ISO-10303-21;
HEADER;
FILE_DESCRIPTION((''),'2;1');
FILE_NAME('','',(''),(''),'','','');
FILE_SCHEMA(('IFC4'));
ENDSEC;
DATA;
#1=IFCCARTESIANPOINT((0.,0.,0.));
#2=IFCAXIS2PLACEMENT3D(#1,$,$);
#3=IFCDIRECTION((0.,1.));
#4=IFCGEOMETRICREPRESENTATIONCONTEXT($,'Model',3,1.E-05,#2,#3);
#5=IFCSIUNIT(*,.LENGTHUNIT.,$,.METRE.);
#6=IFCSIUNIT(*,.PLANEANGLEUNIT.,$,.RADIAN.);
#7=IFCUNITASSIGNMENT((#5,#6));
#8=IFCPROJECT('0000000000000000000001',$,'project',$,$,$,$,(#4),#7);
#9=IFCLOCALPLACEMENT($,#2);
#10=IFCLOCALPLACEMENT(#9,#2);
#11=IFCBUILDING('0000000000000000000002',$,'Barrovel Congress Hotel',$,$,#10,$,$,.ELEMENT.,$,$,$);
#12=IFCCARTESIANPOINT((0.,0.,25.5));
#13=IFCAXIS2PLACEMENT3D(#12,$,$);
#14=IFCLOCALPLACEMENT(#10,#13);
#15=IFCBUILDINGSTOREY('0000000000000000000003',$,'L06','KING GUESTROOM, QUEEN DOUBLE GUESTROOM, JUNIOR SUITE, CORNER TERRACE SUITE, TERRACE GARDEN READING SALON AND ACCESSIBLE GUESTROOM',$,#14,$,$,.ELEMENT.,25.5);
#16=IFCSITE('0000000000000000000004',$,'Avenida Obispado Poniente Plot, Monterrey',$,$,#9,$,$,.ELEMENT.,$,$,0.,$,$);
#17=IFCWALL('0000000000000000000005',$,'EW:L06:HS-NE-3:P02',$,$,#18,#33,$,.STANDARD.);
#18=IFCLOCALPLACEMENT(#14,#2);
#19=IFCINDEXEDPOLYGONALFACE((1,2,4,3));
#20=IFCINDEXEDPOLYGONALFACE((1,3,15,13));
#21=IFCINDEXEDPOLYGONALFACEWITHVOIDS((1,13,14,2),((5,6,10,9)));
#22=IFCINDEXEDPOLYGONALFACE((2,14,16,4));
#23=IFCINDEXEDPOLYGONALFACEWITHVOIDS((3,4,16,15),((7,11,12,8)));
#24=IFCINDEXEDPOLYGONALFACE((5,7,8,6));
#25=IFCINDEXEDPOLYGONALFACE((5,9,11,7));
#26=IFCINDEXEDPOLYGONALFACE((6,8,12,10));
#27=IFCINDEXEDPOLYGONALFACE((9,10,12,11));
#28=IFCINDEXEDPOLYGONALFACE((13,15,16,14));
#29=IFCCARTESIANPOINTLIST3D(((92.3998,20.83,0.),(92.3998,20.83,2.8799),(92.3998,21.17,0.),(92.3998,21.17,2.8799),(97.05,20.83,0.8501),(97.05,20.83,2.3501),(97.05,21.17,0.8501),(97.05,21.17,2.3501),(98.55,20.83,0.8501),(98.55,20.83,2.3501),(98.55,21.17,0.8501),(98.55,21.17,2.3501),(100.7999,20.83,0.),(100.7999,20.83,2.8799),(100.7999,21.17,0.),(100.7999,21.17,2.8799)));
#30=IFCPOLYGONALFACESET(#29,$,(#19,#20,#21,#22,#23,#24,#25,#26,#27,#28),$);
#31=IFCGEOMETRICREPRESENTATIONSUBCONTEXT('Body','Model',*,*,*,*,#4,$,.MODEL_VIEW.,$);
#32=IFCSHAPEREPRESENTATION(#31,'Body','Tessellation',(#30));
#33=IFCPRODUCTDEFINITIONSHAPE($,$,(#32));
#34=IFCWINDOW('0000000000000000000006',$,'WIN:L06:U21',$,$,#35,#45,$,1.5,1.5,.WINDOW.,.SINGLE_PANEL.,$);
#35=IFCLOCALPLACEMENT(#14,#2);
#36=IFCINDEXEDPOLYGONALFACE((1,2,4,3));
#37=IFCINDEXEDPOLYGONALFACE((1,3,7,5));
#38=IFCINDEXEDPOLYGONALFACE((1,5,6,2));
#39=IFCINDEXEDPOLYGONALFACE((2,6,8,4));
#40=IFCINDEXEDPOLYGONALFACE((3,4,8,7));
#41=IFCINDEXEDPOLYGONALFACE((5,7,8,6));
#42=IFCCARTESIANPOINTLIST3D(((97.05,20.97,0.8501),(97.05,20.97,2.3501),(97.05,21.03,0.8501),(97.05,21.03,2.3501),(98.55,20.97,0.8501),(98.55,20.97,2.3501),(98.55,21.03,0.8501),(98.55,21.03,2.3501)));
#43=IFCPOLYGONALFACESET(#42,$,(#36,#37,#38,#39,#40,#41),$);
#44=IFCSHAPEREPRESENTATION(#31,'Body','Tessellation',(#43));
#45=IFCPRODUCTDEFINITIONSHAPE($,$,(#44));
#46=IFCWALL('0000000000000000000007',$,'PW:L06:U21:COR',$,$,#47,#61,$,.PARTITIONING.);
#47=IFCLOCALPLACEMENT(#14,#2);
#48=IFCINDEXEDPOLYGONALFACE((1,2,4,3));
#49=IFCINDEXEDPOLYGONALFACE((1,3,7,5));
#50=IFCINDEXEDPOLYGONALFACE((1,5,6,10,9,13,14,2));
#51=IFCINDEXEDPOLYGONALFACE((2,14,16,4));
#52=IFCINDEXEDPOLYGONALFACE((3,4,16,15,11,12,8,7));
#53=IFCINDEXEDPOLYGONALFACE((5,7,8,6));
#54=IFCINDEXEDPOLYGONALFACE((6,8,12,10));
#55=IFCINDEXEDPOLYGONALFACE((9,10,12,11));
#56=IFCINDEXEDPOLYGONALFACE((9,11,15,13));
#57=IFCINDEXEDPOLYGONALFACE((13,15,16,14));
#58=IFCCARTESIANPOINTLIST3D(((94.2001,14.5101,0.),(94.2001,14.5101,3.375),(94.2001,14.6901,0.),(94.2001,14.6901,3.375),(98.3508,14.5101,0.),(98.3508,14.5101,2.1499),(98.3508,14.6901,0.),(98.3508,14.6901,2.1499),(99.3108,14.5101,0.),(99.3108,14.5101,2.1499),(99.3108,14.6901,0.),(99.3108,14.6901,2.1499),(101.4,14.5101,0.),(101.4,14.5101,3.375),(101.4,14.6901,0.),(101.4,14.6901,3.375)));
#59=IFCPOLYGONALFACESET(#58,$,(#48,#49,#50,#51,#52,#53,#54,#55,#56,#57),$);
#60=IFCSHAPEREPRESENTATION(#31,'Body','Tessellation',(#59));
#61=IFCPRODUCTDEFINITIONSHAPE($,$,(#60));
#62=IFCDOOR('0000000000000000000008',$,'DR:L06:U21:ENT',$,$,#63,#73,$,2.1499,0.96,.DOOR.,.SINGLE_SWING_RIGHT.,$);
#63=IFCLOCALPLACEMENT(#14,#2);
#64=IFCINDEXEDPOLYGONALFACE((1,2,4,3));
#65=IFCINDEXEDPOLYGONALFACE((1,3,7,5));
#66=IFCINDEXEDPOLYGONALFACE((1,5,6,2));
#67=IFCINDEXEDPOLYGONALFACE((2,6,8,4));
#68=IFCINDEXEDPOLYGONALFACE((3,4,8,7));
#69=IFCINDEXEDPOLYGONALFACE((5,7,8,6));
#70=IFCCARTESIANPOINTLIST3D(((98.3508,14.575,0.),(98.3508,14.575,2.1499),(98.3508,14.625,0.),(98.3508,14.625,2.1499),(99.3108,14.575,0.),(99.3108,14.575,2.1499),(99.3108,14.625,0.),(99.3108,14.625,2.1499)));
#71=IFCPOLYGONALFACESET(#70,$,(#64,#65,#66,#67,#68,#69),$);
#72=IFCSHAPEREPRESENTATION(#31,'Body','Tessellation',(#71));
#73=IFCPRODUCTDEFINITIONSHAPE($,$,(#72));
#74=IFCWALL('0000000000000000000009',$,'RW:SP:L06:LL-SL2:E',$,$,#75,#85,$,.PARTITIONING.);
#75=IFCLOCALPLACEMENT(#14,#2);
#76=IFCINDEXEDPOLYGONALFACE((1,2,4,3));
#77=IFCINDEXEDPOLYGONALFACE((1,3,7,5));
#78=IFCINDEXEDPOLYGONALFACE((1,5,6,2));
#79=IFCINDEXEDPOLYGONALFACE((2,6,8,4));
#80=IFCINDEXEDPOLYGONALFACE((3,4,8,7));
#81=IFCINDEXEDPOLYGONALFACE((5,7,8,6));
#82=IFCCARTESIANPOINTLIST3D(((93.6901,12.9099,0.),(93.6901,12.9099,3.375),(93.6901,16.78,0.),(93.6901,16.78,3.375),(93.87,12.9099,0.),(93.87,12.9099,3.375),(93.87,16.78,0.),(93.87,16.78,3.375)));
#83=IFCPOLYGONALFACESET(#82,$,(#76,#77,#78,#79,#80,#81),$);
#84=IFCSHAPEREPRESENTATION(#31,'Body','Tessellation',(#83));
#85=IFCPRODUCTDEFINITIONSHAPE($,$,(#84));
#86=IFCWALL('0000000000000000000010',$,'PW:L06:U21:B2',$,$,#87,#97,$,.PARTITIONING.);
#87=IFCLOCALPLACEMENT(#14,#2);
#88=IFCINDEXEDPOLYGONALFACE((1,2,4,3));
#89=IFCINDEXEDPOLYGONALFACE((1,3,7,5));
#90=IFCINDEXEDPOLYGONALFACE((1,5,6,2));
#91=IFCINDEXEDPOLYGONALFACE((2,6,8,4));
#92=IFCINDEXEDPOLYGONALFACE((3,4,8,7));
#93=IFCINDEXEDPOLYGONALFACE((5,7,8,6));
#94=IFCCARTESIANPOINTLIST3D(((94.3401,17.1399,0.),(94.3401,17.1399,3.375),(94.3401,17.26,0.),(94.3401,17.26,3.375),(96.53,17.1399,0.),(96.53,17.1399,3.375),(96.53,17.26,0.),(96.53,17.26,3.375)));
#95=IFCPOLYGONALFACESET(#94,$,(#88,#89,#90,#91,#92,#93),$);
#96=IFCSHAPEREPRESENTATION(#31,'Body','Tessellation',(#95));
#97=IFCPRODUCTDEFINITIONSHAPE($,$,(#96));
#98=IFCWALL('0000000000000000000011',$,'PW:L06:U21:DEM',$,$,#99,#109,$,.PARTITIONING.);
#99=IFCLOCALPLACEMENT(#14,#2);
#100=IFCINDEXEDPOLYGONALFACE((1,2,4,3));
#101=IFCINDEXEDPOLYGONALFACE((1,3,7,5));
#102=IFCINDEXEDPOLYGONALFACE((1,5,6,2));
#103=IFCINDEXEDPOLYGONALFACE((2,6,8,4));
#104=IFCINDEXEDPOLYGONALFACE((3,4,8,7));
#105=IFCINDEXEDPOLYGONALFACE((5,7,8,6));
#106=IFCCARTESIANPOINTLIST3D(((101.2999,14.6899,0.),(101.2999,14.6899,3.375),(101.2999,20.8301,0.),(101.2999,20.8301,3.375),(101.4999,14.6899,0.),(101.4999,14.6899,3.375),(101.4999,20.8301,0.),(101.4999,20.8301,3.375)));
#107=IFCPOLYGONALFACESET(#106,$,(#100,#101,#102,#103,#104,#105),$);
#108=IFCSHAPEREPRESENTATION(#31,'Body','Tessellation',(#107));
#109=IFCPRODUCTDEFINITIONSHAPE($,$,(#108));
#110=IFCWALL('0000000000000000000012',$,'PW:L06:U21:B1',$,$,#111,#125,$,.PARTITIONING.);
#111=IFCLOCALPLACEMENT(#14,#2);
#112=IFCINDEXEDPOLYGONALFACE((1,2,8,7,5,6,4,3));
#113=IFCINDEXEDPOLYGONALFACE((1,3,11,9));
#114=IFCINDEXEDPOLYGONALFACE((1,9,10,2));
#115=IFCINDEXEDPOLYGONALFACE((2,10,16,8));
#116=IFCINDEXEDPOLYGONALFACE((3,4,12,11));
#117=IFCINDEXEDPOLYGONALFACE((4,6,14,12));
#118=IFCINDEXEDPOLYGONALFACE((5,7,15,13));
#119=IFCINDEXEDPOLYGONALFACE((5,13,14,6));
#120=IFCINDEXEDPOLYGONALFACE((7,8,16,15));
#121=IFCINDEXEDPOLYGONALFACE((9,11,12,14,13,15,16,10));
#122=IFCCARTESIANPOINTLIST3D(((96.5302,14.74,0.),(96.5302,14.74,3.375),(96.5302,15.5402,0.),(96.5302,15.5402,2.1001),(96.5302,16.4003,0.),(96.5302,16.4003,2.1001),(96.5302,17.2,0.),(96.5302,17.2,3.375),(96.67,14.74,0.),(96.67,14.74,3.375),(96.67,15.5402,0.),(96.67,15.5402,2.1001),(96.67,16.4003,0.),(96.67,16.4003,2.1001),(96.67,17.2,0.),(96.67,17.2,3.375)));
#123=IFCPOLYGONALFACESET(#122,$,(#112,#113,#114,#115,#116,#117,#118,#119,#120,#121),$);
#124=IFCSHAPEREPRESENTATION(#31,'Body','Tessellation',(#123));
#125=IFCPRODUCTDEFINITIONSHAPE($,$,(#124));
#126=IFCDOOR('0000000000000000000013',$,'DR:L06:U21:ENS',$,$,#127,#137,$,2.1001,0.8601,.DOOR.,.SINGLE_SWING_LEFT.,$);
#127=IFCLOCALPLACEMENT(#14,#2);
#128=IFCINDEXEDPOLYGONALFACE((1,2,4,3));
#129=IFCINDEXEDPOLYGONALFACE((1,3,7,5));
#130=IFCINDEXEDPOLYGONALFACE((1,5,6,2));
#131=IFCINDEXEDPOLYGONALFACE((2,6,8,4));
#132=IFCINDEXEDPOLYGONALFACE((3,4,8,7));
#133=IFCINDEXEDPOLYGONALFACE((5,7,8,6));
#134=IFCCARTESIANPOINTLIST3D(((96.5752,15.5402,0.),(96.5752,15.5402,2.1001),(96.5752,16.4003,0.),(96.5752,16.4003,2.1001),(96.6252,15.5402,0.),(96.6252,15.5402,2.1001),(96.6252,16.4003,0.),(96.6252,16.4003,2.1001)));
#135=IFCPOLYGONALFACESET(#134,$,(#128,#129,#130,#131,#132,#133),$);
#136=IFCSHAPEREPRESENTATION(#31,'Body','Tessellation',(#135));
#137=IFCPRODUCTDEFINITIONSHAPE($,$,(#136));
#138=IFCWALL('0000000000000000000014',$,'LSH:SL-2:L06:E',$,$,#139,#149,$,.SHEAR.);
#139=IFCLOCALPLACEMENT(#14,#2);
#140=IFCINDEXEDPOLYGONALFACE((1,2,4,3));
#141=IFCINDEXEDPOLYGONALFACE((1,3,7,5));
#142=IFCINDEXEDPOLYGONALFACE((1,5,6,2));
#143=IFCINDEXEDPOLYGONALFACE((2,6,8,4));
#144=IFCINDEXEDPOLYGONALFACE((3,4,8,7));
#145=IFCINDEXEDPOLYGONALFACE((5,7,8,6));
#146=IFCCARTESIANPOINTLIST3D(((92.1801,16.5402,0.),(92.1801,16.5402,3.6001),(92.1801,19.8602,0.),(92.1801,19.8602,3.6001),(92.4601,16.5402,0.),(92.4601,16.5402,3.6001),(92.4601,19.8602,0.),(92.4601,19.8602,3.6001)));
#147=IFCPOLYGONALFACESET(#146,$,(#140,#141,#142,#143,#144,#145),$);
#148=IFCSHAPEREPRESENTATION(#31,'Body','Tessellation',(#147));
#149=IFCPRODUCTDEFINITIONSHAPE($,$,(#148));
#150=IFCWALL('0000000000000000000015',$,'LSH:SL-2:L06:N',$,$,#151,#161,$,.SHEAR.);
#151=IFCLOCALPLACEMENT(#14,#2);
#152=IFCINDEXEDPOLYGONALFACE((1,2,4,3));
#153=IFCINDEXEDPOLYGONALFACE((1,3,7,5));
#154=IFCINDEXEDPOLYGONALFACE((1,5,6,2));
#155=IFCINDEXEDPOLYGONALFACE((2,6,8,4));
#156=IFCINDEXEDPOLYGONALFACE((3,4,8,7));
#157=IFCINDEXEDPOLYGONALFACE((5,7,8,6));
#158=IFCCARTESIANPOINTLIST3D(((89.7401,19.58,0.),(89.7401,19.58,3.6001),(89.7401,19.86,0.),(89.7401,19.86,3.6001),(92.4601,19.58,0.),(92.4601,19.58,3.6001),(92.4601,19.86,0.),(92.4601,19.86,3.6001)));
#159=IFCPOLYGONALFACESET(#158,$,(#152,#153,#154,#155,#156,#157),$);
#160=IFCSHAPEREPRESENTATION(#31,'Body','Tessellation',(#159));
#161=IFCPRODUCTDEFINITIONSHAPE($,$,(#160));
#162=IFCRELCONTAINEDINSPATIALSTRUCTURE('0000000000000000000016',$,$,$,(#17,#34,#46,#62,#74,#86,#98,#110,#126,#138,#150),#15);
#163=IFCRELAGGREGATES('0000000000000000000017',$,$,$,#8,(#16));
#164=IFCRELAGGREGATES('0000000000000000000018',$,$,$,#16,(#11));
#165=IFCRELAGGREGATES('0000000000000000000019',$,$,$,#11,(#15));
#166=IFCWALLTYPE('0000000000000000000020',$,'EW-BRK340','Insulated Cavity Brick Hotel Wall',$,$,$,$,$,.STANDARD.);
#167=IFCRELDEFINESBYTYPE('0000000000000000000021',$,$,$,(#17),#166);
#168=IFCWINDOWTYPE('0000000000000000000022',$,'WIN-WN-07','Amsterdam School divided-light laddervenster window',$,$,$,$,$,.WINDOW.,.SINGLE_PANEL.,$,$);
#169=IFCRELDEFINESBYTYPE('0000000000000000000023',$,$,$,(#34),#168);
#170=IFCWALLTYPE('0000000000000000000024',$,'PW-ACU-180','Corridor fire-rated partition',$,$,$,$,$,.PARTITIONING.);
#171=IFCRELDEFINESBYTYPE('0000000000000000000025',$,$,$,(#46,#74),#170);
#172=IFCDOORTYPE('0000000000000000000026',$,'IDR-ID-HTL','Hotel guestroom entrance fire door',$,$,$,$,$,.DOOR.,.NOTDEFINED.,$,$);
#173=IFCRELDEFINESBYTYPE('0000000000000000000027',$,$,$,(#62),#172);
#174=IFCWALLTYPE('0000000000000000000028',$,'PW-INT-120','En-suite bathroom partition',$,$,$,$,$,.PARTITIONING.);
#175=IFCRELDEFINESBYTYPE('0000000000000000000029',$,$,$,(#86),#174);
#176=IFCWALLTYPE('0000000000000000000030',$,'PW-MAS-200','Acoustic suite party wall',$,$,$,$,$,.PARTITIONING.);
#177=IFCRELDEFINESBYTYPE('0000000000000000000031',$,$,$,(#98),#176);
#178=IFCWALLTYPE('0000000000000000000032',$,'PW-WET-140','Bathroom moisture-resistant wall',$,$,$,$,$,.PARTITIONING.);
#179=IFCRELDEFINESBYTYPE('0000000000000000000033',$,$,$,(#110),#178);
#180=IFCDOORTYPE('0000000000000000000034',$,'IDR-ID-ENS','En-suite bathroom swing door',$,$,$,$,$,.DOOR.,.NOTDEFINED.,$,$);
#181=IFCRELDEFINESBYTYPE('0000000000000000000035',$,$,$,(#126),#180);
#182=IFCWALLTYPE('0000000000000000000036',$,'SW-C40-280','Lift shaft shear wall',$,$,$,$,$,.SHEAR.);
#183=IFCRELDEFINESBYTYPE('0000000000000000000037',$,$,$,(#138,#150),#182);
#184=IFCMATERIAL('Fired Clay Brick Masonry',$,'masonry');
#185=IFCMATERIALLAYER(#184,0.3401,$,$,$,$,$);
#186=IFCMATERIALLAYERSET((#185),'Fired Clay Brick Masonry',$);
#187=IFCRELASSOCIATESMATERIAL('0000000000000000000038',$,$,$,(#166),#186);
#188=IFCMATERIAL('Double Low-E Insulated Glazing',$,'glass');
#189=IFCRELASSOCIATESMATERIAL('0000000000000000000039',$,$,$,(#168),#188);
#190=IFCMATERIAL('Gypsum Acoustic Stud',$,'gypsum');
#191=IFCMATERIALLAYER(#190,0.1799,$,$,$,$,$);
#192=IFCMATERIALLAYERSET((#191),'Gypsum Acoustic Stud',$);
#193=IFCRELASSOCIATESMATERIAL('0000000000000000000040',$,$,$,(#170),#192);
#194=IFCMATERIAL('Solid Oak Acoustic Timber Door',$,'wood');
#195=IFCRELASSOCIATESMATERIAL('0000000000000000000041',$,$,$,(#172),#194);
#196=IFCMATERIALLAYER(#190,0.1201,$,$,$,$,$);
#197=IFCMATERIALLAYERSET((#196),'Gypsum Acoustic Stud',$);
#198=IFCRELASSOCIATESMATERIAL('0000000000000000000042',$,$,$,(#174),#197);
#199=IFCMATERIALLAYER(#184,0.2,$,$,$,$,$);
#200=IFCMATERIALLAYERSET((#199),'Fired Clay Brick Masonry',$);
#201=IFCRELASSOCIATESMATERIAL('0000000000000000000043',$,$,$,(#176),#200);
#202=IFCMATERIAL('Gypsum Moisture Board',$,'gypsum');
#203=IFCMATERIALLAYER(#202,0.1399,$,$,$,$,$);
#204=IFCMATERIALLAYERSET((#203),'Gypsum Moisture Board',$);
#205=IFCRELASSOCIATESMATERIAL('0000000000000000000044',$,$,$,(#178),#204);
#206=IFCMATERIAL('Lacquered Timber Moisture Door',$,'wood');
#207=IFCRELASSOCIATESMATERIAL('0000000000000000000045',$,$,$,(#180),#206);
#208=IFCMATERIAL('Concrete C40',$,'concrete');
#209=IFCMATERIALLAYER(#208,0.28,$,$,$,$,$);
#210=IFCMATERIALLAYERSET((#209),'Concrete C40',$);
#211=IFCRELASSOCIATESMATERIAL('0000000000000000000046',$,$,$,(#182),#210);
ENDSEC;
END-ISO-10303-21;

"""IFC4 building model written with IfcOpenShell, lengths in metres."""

from ifc_helpers import new_model, si_unit, direction, frame, frame_2d, origin, place, context, subcontext, project, spatial, rectangle, extrude, material, layer, layer_set, type_object, element, fill, save


model = new_model("IFC4")

# Units and contexts
model_context = context("Model", 3, precision=1e-05, world=origin(), true_north=direction((0.0, 1.0)))
body_context = subcontext(model_context, "Body", "Model", "MODEL_VIEW")
ifc_project = project(units=[si_unit("LENGTHUNIT", "METRE"), si_unit("PLANEANGLEUNIT", "RADIAN")], contexts=[model_context])

# Site, building, storey
site_placement = place(None, origin())
site = spatial("IfcSite", under=ifc_project, at=site_placement, Name="Avenida Obispado Poniente Plot, Monterrey", CompositionType="ELEMENT", RefElevation=0.0)
building_placement = place(site_placement, origin())
building = spatial("IfcBuilding", under=site, at=building_placement, Name="Barrovel Congress Hotel", CompositionType="ELEMENT")
storey_placement = place(building_placement, frame((0.0, 0.0, 25.5)))
storey = spatial("IfcBuildingStorey", under=building, at=storey_placement, Name="L06", Description="KING GUESTROOM, QUEEN DOUBLE GUESTROOM, JUNIOR SUITE, CORNER TERRACE SUITE, TERRACE GARDEN READING SALON AND ACCESSIBLE GUESTROOM", CompositionType="ELEMENT", Elevation=25.5)

# Shared definitions
ifc_material_1 = material(Name="Concrete C40", Category="concrete")

# Shared definitions
ifc_material_2 = material(Name="Double Low-E Insulated Glazing", Category="glass")

# Shared definitions
ifc_material_3 = material(Name="Fired Clay Brick Masonry", Category="masonry")
ifc_layer_1 = layer(ifc_material_3, 0.3401)
ifc_layer_set_1 = layer_set([ifc_layer_1], Name="Fired Clay Brick Masonry")
wall_type_1 = type_object("IfcWallType", Name="EW-BRK340", Description="Insulated Cavity Brick Hotel Wall", PredefinedType="STANDARD", material=ifc_layer_set_1)

# Wall, opening, window
wall_1_placement = place(storey_placement, frame((100.8, 21.0, 0.0), z_axis=(0.0, 0.0, 1.0), x_axis=(-1.0, 0.0, 0.0)))
wall_1 = element("IfcWall", 1, at=wall_1_placement, inside=storey, type_object=wall_type_1, Name="EW:L06:HS-NE-3:P02", PredefinedType="STANDARD", context=body_context, shape_type="SweptSolid", body=[
    extrude(rectangle(XDim=8.4001, YDim=0.3401, at=frame_2d((4.2002, 0.0))), origin(), (0.0, 0.0, 1.0), 2.8799),
])
opening_1_placement = place(wall_1_placement, frame((2.25, 0.0, 0.8501)))
opening_1 = element("IfcOpeningElement", 2, at=opening_1_placement, cuts=wall_1, PredefinedType="OPENING", context=body_context, shape_type="SweptSolid", body=[
    extrude(rectangle(XDim=1.5, YDim=1.5, at=frame_2d((0.75, 0.75))), frame((0.0, 0.1802, 0.0), z_axis=(0.0, -1.0, 0.0), x_axis=(1.0, 0.0, 0.0)), (0.0, 0.0, 1.0), 0.3601),
])
window_type = type_object("IfcWindowType", Name="WIN-WN-07", Description="Amsterdam School divided-light laddervenster window", PartitioningType="SINGLE_PANEL", PredefinedType="WINDOW", material=ifc_material_2)
window_placement = place(opening_1_placement, origin())
window = element("IfcWindow", 3, at=window_placement, inside=storey, type_object=window_type, Name="WIN:L06:U21", OverallHeight=1.5, OverallWidth=1.5, PartitioningType="SINGLE_PANEL", PredefinedType="WINDOW", context=body_context, shape_type="SweptSolid", body=[
    extrude(rectangle(XDim=1.5, YDim=1.5, at=frame_2d((0.75, 0.75))), frame((0.0, 0.03, 0.0), z_axis=(0.0, -1.0, 0.0), x_axis=(1.0, 0.0, 0.0)), (0.0, 0.0, 1.0), 0.0601),
])
fill(opening_1, window)

# Wall, opening, door
ifc_material_4 = material(Name="Gypsum Acoustic Stud", Category="gypsum")
ifc_layer_2 = layer(ifc_material_4, 0.1799)
ifc_layer_set_2 = layer_set([ifc_layer_2], Name="Gypsum Acoustic Stud")
wall_type_2 = type_object("IfcWallType", Name="PW-ACU-180", Description="Corridor fire-rated partition", PredefinedType="PARTITIONING", material=ifc_layer_set_2)
wall_2_placement = place(storey_placement, frame((94.2, 14.6001, 0.0), z_axis=(0.0, 0.0, 1.0), x_axis=(1.0, 0.0, 0.0)))
wall_2 = element("IfcWall", 4, at=wall_2_placement, inside=storey, type_object=wall_type_2, Name="PW:L06:U21:COR", PredefinedType="PARTITIONING", context=body_context, shape_type="SweptSolid", body=[
    extrude(rectangle(XDim=7.2, YDim=0.1799, at=frame_2d((3.6001, 0.0))), origin(), (0.0, 0.0, 1.0), 3.375),
])
opening_2_placement = place(wall_2_placement, frame((4.1509, 0.0, 0.0)))
opening_2 = element("IfcOpeningElement", 5, at=opening_2_placement, cuts=wall_2, PredefinedType="OPENING", context=body_context, shape_type="SweptSolid", body=[
    extrude(rectangle(XDim=0.96, YDim=2.1499, at=frame_2d((0.48, 1.075))), frame((0.0, 0.1001, 0.0), z_axis=(0.0, -1.0, 0.0), x_axis=(1.0, 0.0, 0.0)), (0.0, 0.0, 1.0), 0.2),
])
ifc_material_5 = material(Name="Solid Oak Acoustic Timber Door", Category="wood")
door_type_1 = type_object("IfcDoorType", Name="IDR-ID-HTL", Description="Hotel guestroom entrance fire door", OperationType="NOTDEFINED", PredefinedType="DOOR", material=ifc_material_5)
door_1_placement = place(opening_2_placement, origin())
door_1 = element("IfcDoor", 6, at=door_1_placement, inside=storey, type_object=door_type_1, Name="DR:L06:U21:ENT", OperationType="SINGLE_SWING_RIGHT", OverallHeight=2.1499, OverallWidth=0.96, PredefinedType="DOOR", context=body_context, shape_type="SweptSolid", body=[
    extrude(rectangle(XDim=0.96, YDim=2.1499, at=frame_2d((0.48, 1.075))), frame((0.0, 0.0249, 0.0), z_axis=(0.0, -1.0, 0.0), x_axis=(1.0, 0.0, 0.0)), (0.0, 0.0, 1.0), 0.05),
])
fill(opening_2, door_1)

# Walls
wall_3_placement = place(storey_placement, frame((93.78, 12.9099, 0.0), z_axis=(0.0, 0.0, 1.0), x_axis=(0.0, 1.0, 0.0)))
element("IfcWall", 7, at=wall_3_placement, inside=storey, type_object=wall_type_2, Name="RW:SP:L06:LL-SL2:E", PredefinedType="PARTITIONING", context=body_context, shape_type="SweptSolid", body=[
    extrude(rectangle(XDim=3.8701, YDim=0.1799, at=frame_2d((1.9351, 0.0))), origin(), (0.0, 0.0, 1.0), 3.375),
])
ifc_layer_3 = layer(ifc_material_4, 0.1201)
ifc_layer_set_3 = layer_set([ifc_layer_3], Name="Gypsum Acoustic Stud")
wall_type_3 = type_object("IfcWallType", Name="PW-INT-120", Description="En-suite bathroom partition", PredefinedType="PARTITIONING", material=ifc_layer_set_3)
wall_4_placement = place(storey_placement, frame((94.3401, 17.2, 0.0), z_axis=(0.0, 0.0, 1.0), x_axis=(1.0, 0.0, 0.0)))
element("IfcWall", 8, at=wall_4_placement, inside=storey, type_object=wall_type_3, Name="PW:L06:U21:B2", PredefinedType="PARTITIONING", context=body_context, shape_type="SweptSolid", body=[
    extrude(rectangle(XDim=2.1899, YDim=0.1201, at=frame_2d((1.095, 0.0))), origin(), (0.0, 0.0, 1.0), 3.375),
])
ifc_layer_4 = layer(ifc_material_3, 0.2)
ifc_layer_set_4 = layer_set([ifc_layer_4], Name="Fired Clay Brick Masonry")
wall_type_4 = type_object("IfcWallType", Name="PW-MAS-200", Description="Acoustic suite party wall", PredefinedType="PARTITIONING", material=ifc_layer_set_4)
wall_5_placement = place(storey_placement, frame((101.3999, 14.6899, 0.0), z_axis=(0.0, 0.0, 1.0), x_axis=(0.0, 1.0, 0.0)))
element("IfcWall", 9, at=wall_5_placement, inside=storey, type_object=wall_type_4, Name="PW:L06:U21:DEM", PredefinedType="PARTITIONING", context=body_context, shape_type="SweptSolid", body=[
    extrude(rectangle(XDim=6.1401, YDim=0.2, at=frame_2d((3.0701, 0.0))), origin(), (0.0, 0.0, 1.0), 3.375),
])

# Wall, opening, door
ifc_material_6 = material(Name="Gypsum Moisture Board", Category="gypsum")
ifc_layer_5 = layer(ifc_material_6, 0.1399)
ifc_layer_set_5 = layer_set([ifc_layer_5], Name="Gypsum Moisture Board")
wall_type_5 = type_object("IfcWallType", Name="PW-WET-140", Description="Bathroom moisture-resistant wall", PredefinedType="PARTITIONING", material=ifc_layer_set_5)
wall_6_placement = place(storey_placement, frame((96.6001, 14.74, 0.0), z_axis=(0.0, 0.0, 1.0), x_axis=(0.0, 1.0, 0.0)))
wall_6 = element("IfcWall", 10, at=wall_6_placement, inside=storey, type_object=wall_type_5, Name="PW:L06:U21:B1", PredefinedType="PARTITIONING", context=body_context, shape_type="SweptSolid", body=[
    extrude(rectangle(XDim=2.46, YDim=0.1399, at=frame_2d((1.23, 0.0))), origin(), (0.0, 0.0, 1.0), 3.375),
])
opening_3_placement = place(wall_6_placement, frame((0.8, 0.0, 0.0)))
opening_3 = element("IfcOpeningElement", 11, at=opening_3_placement, cuts=wall_6, PredefinedType="OPENING", context=body_context, shape_type="SweptSolid", body=[
    extrude(rectangle(XDim=0.8601, YDim=2.1001, at=frame_2d((0.4302, 1.05))), frame((0.0, 0.0801, 0.0), z_axis=(0.0, -1.0, 0.0), x_axis=(1.0, 0.0, 0.0)), (0.0, 0.0, 1.0), 0.1599),
])
ifc_material_7 = material(Name="Lacquered Timber Moisture Door", Category="wood")
door_type_2 = type_object("IfcDoorType", Name="IDR-ID-ENS", Description="En-suite bathroom swing door", OperationType="NOTDEFINED", PredefinedType="DOOR", material=ifc_material_7)
door_2_placement = place(opening_3_placement, origin())
door_2 = element("IfcDoor", 12, at=door_2_placement, inside=storey, type_object=door_type_2, Name="DR:L06:U21:ENS", OperationType="SINGLE_SWING_LEFT", OverallHeight=2.1001, OverallWidth=0.8601, PredefinedType="DOOR", context=body_context, shape_type="SweptSolid", body=[
    extrude(rectangle(XDim=0.8601, YDim=2.1001, at=frame_2d((0.4302, 1.05))), frame((0.0, 0.0249, 0.0), z_axis=(0.0, -1.0, 0.0), x_axis=(1.0, 0.0, 0.0)), (0.0, 0.0, 1.0), 0.05),
])
fill(opening_3, door_2)

# Walls
ifc_layer_6 = layer(ifc_material_1, 0.28)
ifc_layer_set_6 = layer_set([ifc_layer_6], Name="Concrete C40")
wall_type_6 = type_object("IfcWallType", Name="SW-C40-280", Description="Lift shaft shear wall", PredefinedType="SHEAR", material=ifc_layer_set_6)
wall_7_placement = place(storey_placement, frame((92.3201, 16.54, 0.0), z_axis=(0.0, 0.0, 1.0), x_axis=(0.0, 1.0, 0.0)))
element("IfcWall", 13, at=wall_7_placement, inside=storey, type_object=wall_type_6, Name="LSH:SL-2:L06:E", PredefinedType="SHEAR", context=body_context, shape_type="SweptSolid", body=[
    extrude(rectangle(XDim=3.3201, YDim=0.28, at=frame_2d((1.6602, 0.0))), origin(), (0.0, 0.0, 1.0), 3.6001),
])
wall_8_placement = place(storey_placement, frame((92.46, 19.72, 0.0), z_axis=(0.0, 0.0, 1.0), x_axis=(-1.0, 0.0, 0.0)))
element("IfcWall", 14, at=wall_8_placement, inside=storey, type_object=wall_type_6, Name="LSH:SL-2:L06:N", PredefinedType="SHEAR", context=body_context, shape_type="SweptSolid", body=[
    extrude(rectangle(XDim=2.72, YDim=0.28, at=frame_2d((1.3599, 0.0))), origin(), (0.0, 0.0, 1.0), 3.6001),
])

save(model, "model.ifc")
